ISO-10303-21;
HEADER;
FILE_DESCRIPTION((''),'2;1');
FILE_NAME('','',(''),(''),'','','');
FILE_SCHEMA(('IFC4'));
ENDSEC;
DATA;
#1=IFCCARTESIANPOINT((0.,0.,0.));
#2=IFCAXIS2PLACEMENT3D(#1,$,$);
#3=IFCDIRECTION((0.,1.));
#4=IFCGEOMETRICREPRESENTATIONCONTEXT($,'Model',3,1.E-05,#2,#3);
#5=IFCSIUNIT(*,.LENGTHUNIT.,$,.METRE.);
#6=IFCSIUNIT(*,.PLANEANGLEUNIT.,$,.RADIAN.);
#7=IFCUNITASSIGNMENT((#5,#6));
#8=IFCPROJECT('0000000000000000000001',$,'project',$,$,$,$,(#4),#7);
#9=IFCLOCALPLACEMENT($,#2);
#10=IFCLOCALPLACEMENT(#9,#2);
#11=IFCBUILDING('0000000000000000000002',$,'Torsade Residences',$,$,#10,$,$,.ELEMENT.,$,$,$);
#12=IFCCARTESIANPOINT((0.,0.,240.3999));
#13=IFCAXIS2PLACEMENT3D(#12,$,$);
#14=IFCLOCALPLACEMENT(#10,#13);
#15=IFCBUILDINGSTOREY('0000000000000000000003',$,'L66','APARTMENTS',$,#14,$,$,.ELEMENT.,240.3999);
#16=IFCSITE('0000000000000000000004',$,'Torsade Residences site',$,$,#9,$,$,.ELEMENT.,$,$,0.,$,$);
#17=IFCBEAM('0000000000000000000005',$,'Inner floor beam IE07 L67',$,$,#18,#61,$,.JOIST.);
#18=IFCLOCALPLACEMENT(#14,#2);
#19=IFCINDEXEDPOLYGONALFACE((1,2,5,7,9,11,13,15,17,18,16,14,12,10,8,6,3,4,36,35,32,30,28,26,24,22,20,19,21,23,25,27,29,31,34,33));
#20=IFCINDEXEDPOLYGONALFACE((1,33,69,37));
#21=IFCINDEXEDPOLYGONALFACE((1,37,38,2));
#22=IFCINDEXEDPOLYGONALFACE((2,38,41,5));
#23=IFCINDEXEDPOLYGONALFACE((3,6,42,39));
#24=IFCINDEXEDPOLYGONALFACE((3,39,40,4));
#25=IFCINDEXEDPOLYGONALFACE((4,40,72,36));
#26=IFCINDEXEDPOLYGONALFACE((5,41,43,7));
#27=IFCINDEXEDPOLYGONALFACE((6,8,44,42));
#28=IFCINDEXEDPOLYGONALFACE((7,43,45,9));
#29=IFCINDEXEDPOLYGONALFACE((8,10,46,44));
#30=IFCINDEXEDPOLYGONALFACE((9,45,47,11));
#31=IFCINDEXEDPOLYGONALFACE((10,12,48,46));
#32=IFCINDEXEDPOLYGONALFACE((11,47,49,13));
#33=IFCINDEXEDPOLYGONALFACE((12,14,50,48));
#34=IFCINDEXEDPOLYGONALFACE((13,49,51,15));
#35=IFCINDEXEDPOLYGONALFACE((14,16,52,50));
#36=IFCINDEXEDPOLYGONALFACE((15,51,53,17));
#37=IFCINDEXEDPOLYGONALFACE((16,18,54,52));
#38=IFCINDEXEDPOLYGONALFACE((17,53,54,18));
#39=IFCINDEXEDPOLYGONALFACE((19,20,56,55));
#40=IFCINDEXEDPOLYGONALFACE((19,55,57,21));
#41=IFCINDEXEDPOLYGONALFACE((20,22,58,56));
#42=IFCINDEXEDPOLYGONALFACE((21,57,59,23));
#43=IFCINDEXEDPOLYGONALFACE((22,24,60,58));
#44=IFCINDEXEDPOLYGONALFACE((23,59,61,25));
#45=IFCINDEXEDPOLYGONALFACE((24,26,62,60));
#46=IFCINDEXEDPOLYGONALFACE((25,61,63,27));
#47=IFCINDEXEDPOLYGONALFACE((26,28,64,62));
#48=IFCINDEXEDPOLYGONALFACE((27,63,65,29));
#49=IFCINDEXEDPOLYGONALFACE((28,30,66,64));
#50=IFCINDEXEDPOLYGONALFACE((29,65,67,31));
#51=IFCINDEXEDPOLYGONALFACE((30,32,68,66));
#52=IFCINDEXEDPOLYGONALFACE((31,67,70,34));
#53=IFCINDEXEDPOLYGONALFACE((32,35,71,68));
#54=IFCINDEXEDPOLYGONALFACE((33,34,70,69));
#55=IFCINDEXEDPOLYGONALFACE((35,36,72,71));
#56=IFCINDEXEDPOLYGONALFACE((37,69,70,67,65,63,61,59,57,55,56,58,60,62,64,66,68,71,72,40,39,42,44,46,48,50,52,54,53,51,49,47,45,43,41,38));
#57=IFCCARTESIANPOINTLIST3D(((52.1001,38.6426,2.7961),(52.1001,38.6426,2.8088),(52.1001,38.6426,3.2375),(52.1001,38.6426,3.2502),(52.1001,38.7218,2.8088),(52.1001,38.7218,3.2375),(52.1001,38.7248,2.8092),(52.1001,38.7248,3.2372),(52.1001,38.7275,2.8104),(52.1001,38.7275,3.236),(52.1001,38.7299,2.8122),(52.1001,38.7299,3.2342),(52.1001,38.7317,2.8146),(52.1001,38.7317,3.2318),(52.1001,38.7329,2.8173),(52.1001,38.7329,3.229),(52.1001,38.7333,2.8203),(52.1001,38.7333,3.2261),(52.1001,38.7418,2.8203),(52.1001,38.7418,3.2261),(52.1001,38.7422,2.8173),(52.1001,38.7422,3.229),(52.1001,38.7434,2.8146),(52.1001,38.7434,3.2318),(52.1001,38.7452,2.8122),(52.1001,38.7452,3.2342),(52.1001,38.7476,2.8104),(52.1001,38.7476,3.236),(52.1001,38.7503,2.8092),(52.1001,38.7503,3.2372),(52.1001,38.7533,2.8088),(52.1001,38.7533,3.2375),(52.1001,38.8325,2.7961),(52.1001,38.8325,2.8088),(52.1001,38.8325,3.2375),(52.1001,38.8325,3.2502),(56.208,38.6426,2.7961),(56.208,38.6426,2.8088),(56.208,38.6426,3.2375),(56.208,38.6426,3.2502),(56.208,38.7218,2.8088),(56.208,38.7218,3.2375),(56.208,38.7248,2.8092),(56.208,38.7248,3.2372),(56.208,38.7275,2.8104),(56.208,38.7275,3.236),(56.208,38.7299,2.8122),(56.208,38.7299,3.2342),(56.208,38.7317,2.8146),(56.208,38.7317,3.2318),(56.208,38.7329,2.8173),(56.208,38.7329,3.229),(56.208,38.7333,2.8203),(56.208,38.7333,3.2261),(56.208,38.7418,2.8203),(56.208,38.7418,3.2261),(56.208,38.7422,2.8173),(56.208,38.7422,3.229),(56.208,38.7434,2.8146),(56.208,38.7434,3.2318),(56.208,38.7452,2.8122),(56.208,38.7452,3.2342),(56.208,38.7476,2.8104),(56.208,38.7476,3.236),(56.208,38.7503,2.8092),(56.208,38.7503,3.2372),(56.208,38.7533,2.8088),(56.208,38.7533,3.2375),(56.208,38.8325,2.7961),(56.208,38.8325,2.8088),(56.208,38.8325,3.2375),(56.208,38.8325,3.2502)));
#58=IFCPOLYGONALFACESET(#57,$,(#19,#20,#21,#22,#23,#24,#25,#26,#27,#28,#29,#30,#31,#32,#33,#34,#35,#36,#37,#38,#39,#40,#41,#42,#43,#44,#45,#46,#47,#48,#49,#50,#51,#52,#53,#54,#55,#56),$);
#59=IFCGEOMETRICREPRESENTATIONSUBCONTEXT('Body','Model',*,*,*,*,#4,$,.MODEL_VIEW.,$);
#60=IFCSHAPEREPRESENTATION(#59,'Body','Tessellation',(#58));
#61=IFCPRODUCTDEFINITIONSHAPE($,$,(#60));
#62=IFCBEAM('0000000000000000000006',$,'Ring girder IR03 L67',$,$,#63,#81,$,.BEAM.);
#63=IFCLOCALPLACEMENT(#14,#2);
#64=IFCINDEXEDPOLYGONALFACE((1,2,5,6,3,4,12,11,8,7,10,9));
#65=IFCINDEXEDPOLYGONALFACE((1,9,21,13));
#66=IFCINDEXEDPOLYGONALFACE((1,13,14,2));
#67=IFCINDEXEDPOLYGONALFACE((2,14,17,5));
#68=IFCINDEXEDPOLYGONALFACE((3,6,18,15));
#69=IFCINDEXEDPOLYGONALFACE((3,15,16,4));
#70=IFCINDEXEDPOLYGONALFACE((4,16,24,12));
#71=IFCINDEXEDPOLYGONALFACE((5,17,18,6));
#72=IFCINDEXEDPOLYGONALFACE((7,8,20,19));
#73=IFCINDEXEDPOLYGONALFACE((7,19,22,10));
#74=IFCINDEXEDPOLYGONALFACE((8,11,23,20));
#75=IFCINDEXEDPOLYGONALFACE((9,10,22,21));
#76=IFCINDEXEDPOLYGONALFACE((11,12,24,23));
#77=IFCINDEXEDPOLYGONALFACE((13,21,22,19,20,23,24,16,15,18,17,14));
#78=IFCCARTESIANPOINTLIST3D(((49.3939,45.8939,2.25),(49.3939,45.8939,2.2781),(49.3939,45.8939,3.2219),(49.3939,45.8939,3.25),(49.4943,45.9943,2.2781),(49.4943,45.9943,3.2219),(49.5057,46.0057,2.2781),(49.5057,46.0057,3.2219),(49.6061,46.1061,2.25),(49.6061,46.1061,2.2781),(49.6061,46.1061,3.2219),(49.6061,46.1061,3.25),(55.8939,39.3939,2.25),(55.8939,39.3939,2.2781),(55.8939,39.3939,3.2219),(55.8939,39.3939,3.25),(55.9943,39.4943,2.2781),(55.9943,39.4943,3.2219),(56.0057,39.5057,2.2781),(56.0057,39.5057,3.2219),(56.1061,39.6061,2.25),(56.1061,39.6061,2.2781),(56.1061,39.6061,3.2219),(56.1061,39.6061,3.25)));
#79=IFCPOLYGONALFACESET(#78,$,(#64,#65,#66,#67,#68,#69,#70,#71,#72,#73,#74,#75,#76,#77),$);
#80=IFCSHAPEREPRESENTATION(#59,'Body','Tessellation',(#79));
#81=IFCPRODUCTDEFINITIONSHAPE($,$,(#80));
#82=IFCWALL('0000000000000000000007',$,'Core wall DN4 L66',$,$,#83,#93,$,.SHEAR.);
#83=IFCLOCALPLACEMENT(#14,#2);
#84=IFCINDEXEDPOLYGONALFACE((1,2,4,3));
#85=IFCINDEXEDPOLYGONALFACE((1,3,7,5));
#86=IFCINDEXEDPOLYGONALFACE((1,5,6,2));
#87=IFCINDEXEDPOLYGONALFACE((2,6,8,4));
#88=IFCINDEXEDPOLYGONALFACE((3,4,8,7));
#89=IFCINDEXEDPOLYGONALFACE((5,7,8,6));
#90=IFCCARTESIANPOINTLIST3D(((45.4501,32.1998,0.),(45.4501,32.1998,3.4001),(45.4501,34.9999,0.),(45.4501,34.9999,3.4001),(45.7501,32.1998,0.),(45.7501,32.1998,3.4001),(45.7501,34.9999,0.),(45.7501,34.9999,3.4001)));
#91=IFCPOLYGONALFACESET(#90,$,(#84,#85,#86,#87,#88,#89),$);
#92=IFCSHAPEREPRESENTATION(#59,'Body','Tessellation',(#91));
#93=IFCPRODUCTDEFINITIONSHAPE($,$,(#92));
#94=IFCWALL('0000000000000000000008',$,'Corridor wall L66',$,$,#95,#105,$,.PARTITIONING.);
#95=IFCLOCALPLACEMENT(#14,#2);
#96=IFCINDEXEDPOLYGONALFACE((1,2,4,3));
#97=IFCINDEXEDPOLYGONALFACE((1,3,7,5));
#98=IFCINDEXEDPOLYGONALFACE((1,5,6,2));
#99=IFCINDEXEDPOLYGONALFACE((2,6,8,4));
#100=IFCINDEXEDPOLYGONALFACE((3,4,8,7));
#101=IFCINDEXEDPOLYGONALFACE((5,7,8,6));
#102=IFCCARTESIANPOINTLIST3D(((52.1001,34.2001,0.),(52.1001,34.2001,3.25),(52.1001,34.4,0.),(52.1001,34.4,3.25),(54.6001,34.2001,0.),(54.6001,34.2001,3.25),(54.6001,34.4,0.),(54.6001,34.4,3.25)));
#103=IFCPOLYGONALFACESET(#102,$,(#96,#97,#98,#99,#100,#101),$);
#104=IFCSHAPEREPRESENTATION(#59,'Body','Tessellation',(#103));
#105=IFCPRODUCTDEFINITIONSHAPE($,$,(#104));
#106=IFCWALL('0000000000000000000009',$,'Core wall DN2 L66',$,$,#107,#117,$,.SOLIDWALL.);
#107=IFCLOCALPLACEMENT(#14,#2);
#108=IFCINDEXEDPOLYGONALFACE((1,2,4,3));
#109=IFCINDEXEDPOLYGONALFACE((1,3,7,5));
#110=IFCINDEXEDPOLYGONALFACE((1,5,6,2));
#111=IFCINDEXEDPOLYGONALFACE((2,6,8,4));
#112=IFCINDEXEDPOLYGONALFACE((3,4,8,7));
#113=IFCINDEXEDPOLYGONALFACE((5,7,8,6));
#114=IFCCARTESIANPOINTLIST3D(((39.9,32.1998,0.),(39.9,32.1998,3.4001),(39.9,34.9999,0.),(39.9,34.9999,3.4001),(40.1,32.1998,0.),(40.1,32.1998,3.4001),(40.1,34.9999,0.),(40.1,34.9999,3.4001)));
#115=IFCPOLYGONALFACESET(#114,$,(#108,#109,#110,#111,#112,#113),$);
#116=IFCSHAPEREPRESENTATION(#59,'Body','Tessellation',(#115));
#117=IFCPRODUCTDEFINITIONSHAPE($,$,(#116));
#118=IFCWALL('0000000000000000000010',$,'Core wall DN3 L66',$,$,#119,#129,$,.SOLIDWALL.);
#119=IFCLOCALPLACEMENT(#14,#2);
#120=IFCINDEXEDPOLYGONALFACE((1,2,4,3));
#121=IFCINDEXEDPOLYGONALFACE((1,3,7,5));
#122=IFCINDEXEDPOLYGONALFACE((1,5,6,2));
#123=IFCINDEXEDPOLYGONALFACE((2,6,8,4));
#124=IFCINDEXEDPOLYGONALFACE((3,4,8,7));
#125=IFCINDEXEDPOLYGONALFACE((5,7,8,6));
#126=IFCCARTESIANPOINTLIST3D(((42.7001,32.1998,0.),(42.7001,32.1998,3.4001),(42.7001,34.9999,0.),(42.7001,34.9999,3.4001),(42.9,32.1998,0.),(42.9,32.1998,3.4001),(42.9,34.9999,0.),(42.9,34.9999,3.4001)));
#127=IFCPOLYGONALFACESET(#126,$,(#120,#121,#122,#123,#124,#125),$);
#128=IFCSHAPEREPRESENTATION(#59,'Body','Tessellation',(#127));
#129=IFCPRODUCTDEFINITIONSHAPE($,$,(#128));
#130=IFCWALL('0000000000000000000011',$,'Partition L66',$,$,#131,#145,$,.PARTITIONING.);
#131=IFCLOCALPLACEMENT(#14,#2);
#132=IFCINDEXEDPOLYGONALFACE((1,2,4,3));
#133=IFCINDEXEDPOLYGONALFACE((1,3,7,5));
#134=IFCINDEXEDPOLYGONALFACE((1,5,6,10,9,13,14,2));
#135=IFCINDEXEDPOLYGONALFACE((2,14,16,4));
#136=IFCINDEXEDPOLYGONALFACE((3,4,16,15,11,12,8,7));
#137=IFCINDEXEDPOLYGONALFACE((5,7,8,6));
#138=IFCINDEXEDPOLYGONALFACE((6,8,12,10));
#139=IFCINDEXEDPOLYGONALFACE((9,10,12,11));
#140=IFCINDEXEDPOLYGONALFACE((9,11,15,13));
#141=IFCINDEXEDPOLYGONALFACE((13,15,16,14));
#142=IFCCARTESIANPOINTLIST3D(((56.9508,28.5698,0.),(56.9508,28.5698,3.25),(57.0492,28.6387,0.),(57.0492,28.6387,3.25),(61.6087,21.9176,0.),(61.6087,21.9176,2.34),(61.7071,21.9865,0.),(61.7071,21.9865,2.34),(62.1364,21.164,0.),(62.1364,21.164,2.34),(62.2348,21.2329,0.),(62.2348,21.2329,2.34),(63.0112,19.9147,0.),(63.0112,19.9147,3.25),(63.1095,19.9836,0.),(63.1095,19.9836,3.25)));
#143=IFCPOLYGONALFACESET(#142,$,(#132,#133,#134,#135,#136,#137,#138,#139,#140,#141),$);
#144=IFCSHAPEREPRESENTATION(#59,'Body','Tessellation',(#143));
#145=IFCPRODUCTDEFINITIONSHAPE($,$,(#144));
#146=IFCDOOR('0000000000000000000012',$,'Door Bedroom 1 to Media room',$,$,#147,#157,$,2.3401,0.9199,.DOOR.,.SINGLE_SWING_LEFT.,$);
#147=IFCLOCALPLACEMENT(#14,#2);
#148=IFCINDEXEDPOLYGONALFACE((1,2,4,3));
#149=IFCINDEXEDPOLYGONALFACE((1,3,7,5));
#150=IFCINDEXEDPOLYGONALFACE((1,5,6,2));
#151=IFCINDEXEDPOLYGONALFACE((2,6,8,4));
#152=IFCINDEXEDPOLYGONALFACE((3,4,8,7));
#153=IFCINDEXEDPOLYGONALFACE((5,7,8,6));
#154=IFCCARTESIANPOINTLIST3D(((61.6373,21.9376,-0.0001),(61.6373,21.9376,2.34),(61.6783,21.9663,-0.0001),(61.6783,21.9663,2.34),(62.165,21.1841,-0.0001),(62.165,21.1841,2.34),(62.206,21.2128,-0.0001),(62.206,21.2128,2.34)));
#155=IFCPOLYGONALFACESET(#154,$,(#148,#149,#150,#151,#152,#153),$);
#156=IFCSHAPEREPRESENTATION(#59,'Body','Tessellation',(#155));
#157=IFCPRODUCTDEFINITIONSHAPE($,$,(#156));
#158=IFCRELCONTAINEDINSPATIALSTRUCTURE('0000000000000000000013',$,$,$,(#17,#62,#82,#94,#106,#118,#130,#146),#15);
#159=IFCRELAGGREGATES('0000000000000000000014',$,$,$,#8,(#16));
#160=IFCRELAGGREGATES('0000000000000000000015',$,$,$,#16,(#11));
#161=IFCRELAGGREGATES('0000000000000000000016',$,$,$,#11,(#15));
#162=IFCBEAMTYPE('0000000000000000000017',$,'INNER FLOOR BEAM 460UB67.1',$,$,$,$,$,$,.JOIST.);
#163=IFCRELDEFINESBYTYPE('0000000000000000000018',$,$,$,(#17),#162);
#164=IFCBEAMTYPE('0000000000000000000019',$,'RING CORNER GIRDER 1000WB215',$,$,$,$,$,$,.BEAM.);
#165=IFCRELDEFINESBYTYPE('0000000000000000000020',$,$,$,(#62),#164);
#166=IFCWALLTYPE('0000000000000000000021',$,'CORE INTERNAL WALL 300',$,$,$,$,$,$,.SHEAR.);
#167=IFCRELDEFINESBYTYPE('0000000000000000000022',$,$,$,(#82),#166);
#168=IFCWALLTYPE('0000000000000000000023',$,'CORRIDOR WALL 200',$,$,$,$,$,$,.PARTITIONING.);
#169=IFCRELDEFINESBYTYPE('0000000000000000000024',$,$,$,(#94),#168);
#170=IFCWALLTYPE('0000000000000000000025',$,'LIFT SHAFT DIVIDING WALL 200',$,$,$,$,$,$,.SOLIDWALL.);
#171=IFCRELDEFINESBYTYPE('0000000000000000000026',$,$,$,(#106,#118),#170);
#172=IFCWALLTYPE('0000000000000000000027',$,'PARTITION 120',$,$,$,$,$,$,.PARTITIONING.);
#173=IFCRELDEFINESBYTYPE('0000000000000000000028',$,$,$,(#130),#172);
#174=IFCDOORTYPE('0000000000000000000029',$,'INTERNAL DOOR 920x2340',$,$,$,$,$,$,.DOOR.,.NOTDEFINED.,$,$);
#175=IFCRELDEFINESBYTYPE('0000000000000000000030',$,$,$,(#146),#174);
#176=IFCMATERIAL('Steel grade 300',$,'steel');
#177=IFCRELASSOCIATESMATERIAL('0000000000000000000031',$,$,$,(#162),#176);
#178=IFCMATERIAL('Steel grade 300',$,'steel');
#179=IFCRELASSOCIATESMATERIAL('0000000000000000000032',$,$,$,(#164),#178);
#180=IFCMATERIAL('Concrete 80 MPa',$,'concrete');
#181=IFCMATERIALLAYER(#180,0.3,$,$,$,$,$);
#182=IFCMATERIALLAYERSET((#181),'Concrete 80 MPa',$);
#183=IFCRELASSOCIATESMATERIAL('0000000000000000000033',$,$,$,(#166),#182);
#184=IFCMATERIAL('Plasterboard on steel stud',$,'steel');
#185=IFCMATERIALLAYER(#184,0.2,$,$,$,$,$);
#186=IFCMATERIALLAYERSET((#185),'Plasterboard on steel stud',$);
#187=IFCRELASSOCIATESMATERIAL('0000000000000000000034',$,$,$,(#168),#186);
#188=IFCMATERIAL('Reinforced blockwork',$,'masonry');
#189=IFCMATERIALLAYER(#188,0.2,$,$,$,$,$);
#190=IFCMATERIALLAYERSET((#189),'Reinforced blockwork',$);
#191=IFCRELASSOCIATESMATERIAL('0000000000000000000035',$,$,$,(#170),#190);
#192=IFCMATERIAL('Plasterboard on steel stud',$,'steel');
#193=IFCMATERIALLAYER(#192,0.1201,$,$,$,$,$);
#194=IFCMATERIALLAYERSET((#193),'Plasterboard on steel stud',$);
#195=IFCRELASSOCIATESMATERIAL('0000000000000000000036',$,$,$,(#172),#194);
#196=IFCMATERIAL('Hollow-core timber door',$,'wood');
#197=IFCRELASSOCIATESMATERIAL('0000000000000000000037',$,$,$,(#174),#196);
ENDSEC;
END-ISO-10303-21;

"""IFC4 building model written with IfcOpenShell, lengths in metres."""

from ifc_helpers import new_model, si_unit, direction, frame, frame_2d, origin, origin_2d, place, context, subcontext, project, spatial, rectangle, i_section, extrude, material, layer, layer_set, material_profile, profile_set, type_object, element, fill, save


model = new_model("IFC4")

# Units and contexts
model_context = context("Model", 3, precision=1e-05, world=origin(), true_north=direction((0.0, 1.0)))
body_context = subcontext(model_context, "Body", "Model", "MODEL_VIEW")
ifc_project = project(units=[si_unit("LENGTHUNIT", "METRE"), si_unit("PLANEANGLEUNIT", "RADIAN")], contexts=[model_context])

# Site, building, storey
site_placement = place(None, origin())
site = spatial("IfcSite", under=ifc_project, at=site_placement, Name="Torsade Residences site", CompositionType="ELEMENT", RefElevation=0.0)
building_placement = place(site_placement, origin())
building = spatial("IfcBuilding", under=site, at=building_placement, Name="Torsade Residences", CompositionType="ELEMENT")
storey_placement = place(building_placement, frame((0.0, 0.0, 240.3999)))
storey = spatial("IfcBuildingStorey", under=building, at=storey_placement, Name="L66", Description="APARTMENTS", CompositionType="ELEMENT", Elevation=240.3999)

# Beams
ifc_material_1 = material(Name="Steel grade 300", Category="steel")
ifc_material_profile_1 = material_profile(ifc_material_1, i_section(OverallWidth=0.1899, OverallDepth=0.4541, WebThickness=0.0085, FlangeThickness=0.0127, FilletRadius=0.0115, at=origin_2d()), Name="460UB67.1")
ifc_profile_set_1 = profile_set([ifc_material_profile_1], Name="Steel grade 300")
beam_type_1 = type_object("IfcBeamType", Name="INNER FLOOR BEAM 460UB67.1", PredefinedType="JOIST", material=ifc_profile_set_1)
beam_1_placement = place(storey_placement, frame((52.1001, 38.7375, 3.0232), z_axis=(1.0, 0.0, 0.0), x_axis=(0.0, 1.0, 0.0)))
element("IfcBeam", 1, at=beam_1_placement, inside=storey, type_object=beam_type_1, Name="Inner floor beam IE07 L67", PredefinedType="JOIST", context=body_context, shape_type="SweptSolid", body=[
    extrude(i_section(OverallWidth=0.1899, OverallDepth=0.4541, WebThickness=0.0085, FlangeThickness=0.0127, FilletRadius=0.0115, at=origin_2d()), origin(), (0.0, 0.0, 1.0), 4.1079),
])
ifc_material_2 = material(Name="Steel grade 300", Category="steel")
ifc_material_profile_2 = material_profile(ifc_material_2, i_section(OverallWidth=0.3, OverallDepth=1.0, WebThickness=0.0161, FlangeThickness=0.0281, at=origin_2d()), Name="1000WB215")
ifc_profile_set_2 = profile_set([ifc_material_profile_2], Name="Steel grade 300")
beam_type_2 = type_object("IfcBeamType", Name="RING CORNER GIRDER 1000WB215", PredefinedType="BEAM", material=ifc_profile_set_2)
beam_2_placement = place(storey_placement, frame((56.0, 39.5, 2.75), z_axis=(-0.707107, 0.707107, 0.0), x_axis=(-0.707107, -0.707107, 0.0)))
element("IfcBeam", 2, at=beam_2_placement, inside=storey, type_object=beam_type_2, Name="Ring girder IR03 L67", PredefinedType="BEAM", context=body_context, shape_type="SweptSolid", body=[
    extrude(i_section(OverallWidth=0.3, OverallDepth=1.0, WebThickness=0.0161, FlangeThickness=0.0281, at=origin_2d()), origin(), (0.0, 0.0, 1.0), 9.1924),
])

# Walls
ifc_material_3 = material(Name="Concrete 80 MPa", Category="concrete")
ifc_layer_1 = layer(ifc_material_3, 0.3)
ifc_layer_set_1 = layer_set([ifc_layer_1], Name="Concrete 80 MPa")
wall_type_1 = type_object("IfcWallType", Name="CORE INTERNAL WALL 300", PredefinedType="SHEAR", material=ifc_layer_set_1)
wall_1_placement = place(storey_placement, frame((45.6001, 32.2, 0.0), z_axis=(0.0, 0.0, 1.0), x_axis=(0.0, 1.0, 0.0)))
element("IfcWall", 3, at=wall_1_placement, inside=storey, type_object=wall_type_1, Name="Core wall DN4 L66", PredefinedType="SHEAR", context=body_context, shape_type="SweptSolid", body=[
    extrude(rectangle(XDim=2.8, YDim=0.3, at=frame_2d((1.3999, 0.0))), origin(), (0.0, 0.0, 1.0), 3.4001),
])
ifc_material_4 = material(Name="Plasterboard on steel stud", Category="steel")
ifc_layer_2 = layer(ifc_material_4, 0.2)
ifc_layer_set_2 = layer_set([ifc_layer_2], Name="Plasterboard on steel stud")
wall_type_2 = type_object("IfcWallType", Name="CORRIDOR WALL 200", PredefinedType="PARTITIONING", material=ifc_layer_set_2)
wall_2_placement = place(storey_placement, frame((52.1001, 34.3, 0.0), z_axis=(0.0, 0.0, 1.0), x_axis=(1.0, 0.0, 0.0)))
element("IfcWall", 4, at=wall_2_placement, inside=storey, type_object=wall_type_2, Name="Corridor wall L66", PredefinedType="PARTITIONING", context=body_context, shape_type="SweptSolid", body=[
    extrude(rectangle(XDim=2.5, YDim=0.2, at=frame_2d((1.25, 0.0))), origin(), (0.0, 0.0, 1.0), 3.25),
])
ifc_material_5 = material(Name="Reinforced blockwork", Category="masonry")
ifc_layer_3 = layer(ifc_material_5, 0.2)
ifc_layer_set_3 = layer_set([ifc_layer_3], Name="Reinforced blockwork")
wall_type_3 = type_object("IfcWallType", Name="LIFT SHAFT DIVIDING WALL 200", PredefinedType="SOLIDWALL", material=ifc_layer_set_3)
for number, where, z_axis, x_axis, name in (
    (5, (40.0, 32.2, 0.0), (0.0, 0.0, 1.0), (0.0, 1.0, 0.0), "Core wall DN2 L66"),
    (6, (42.8, 32.2, 0.0), (0.0, 0.0, 1.0), (0.0, 1.0, 0.0), "Core wall DN3 L66"),
):
    element("IfcWall", number, at=place(storey_placement, frame(where, z_axis=z_axis, x_axis=x_axis)), inside=storey, type_object=wall_type_3, Name=name, PredefinedType="SOLIDWALL", context=body_context, shape_type="SweptSolid", body=[
        extrude(rectangle(XDim=2.8, YDim=0.2, at=frame_2d((1.3999, 0.0))), origin(), (0.0, 0.0, 1.0), 3.4001),
    ])

# Wall, opening, door
ifc_material_6 = material(Name="Plasterboard on steel stud", Category="steel")
ifc_layer_4 = layer(ifc_material_6, 0.1201)
ifc_layer_set_4 = layer_set([ifc_layer_4], Name="Plasterboard on steel stud")
wall_type_4 = type_object("IfcWallType", Name="PARTITION 120", PredefinedType="PARTITIONING", material=ifc_layer_set_4)
wall_3_placement = place(storey_placement, frame((57.0, 28.6042, 0.0), z_axis=(0.0, 0.0, 1.0), x_axis=(0.573576, -0.819153, 0.0)))
wall_3 = element("IfcWall", 7, at=wall_3_placement, inside=storey, type_object=wall_type_4, Name="Partition L66", PredefinedType="PARTITIONING", context=body_context, shape_type="SweptSolid", body=[
    extrude(rectangle(XDim=10.5659, YDim=0.1201, at=frame_2d((5.283, 0.0))), origin(), (0.0, 0.0, 1.0), 3.25),
])
opening_1_placement = place(wall_3_placement, frame((8.1208, 0.0, 0.0)))
opening_1 = element("IfcOpeningElement", 8, at=opening_1_placement, cuts=wall_3, PredefinedType="OPENING", context=body_context, shape_type="SweptSolid", body=[
    extrude(rectangle(XDim=0.9199, YDim=2.3401, at=frame_2d((0.46, 1.1699))), frame((0.0, 0.0701, 0.0), z_axis=(0.0, -1.0, 0.0), x_axis=(1.0, 0.0, 0.0)), (0.0, 0.0, 1.0), 0.1401),
])
ifc_material_7 = material(Name="Hollow-core timber door", Category="wood")
door_type_1 = type_object("IfcDoorType", Name="INTERNAL DOOR 920x2340", OperationType="NOTDEFINED", PredefinedType="DOOR", material=ifc_material_7)
door_1_placement = place(opening_1_placement, origin())
door_1 = element("IfcDoor", 9, at=door_1_placement, inside=storey, type_object=door_type_1, Name="Door Bedroom 1 to Media room", OperationType="SINGLE_SWING_LEFT", OverallHeight=2.3401, OverallWidth=0.9199, PredefinedType="DOOR", context=body_context, shape_type="SweptSolid", body=[
    extrude(rectangle(XDim=0.9199, YDim=2.3401, at=frame_2d((0.46, 1.1699))), frame((0.0, 0.0249, 0.0), z_axis=(0.0, -1.0, 0.0), x_axis=(1.0, 0.0, 0.0)), (0.0, 0.0, 1.0), 0.05),
])
fill(opening_1, door_1)

save(model, "model.ifc")
